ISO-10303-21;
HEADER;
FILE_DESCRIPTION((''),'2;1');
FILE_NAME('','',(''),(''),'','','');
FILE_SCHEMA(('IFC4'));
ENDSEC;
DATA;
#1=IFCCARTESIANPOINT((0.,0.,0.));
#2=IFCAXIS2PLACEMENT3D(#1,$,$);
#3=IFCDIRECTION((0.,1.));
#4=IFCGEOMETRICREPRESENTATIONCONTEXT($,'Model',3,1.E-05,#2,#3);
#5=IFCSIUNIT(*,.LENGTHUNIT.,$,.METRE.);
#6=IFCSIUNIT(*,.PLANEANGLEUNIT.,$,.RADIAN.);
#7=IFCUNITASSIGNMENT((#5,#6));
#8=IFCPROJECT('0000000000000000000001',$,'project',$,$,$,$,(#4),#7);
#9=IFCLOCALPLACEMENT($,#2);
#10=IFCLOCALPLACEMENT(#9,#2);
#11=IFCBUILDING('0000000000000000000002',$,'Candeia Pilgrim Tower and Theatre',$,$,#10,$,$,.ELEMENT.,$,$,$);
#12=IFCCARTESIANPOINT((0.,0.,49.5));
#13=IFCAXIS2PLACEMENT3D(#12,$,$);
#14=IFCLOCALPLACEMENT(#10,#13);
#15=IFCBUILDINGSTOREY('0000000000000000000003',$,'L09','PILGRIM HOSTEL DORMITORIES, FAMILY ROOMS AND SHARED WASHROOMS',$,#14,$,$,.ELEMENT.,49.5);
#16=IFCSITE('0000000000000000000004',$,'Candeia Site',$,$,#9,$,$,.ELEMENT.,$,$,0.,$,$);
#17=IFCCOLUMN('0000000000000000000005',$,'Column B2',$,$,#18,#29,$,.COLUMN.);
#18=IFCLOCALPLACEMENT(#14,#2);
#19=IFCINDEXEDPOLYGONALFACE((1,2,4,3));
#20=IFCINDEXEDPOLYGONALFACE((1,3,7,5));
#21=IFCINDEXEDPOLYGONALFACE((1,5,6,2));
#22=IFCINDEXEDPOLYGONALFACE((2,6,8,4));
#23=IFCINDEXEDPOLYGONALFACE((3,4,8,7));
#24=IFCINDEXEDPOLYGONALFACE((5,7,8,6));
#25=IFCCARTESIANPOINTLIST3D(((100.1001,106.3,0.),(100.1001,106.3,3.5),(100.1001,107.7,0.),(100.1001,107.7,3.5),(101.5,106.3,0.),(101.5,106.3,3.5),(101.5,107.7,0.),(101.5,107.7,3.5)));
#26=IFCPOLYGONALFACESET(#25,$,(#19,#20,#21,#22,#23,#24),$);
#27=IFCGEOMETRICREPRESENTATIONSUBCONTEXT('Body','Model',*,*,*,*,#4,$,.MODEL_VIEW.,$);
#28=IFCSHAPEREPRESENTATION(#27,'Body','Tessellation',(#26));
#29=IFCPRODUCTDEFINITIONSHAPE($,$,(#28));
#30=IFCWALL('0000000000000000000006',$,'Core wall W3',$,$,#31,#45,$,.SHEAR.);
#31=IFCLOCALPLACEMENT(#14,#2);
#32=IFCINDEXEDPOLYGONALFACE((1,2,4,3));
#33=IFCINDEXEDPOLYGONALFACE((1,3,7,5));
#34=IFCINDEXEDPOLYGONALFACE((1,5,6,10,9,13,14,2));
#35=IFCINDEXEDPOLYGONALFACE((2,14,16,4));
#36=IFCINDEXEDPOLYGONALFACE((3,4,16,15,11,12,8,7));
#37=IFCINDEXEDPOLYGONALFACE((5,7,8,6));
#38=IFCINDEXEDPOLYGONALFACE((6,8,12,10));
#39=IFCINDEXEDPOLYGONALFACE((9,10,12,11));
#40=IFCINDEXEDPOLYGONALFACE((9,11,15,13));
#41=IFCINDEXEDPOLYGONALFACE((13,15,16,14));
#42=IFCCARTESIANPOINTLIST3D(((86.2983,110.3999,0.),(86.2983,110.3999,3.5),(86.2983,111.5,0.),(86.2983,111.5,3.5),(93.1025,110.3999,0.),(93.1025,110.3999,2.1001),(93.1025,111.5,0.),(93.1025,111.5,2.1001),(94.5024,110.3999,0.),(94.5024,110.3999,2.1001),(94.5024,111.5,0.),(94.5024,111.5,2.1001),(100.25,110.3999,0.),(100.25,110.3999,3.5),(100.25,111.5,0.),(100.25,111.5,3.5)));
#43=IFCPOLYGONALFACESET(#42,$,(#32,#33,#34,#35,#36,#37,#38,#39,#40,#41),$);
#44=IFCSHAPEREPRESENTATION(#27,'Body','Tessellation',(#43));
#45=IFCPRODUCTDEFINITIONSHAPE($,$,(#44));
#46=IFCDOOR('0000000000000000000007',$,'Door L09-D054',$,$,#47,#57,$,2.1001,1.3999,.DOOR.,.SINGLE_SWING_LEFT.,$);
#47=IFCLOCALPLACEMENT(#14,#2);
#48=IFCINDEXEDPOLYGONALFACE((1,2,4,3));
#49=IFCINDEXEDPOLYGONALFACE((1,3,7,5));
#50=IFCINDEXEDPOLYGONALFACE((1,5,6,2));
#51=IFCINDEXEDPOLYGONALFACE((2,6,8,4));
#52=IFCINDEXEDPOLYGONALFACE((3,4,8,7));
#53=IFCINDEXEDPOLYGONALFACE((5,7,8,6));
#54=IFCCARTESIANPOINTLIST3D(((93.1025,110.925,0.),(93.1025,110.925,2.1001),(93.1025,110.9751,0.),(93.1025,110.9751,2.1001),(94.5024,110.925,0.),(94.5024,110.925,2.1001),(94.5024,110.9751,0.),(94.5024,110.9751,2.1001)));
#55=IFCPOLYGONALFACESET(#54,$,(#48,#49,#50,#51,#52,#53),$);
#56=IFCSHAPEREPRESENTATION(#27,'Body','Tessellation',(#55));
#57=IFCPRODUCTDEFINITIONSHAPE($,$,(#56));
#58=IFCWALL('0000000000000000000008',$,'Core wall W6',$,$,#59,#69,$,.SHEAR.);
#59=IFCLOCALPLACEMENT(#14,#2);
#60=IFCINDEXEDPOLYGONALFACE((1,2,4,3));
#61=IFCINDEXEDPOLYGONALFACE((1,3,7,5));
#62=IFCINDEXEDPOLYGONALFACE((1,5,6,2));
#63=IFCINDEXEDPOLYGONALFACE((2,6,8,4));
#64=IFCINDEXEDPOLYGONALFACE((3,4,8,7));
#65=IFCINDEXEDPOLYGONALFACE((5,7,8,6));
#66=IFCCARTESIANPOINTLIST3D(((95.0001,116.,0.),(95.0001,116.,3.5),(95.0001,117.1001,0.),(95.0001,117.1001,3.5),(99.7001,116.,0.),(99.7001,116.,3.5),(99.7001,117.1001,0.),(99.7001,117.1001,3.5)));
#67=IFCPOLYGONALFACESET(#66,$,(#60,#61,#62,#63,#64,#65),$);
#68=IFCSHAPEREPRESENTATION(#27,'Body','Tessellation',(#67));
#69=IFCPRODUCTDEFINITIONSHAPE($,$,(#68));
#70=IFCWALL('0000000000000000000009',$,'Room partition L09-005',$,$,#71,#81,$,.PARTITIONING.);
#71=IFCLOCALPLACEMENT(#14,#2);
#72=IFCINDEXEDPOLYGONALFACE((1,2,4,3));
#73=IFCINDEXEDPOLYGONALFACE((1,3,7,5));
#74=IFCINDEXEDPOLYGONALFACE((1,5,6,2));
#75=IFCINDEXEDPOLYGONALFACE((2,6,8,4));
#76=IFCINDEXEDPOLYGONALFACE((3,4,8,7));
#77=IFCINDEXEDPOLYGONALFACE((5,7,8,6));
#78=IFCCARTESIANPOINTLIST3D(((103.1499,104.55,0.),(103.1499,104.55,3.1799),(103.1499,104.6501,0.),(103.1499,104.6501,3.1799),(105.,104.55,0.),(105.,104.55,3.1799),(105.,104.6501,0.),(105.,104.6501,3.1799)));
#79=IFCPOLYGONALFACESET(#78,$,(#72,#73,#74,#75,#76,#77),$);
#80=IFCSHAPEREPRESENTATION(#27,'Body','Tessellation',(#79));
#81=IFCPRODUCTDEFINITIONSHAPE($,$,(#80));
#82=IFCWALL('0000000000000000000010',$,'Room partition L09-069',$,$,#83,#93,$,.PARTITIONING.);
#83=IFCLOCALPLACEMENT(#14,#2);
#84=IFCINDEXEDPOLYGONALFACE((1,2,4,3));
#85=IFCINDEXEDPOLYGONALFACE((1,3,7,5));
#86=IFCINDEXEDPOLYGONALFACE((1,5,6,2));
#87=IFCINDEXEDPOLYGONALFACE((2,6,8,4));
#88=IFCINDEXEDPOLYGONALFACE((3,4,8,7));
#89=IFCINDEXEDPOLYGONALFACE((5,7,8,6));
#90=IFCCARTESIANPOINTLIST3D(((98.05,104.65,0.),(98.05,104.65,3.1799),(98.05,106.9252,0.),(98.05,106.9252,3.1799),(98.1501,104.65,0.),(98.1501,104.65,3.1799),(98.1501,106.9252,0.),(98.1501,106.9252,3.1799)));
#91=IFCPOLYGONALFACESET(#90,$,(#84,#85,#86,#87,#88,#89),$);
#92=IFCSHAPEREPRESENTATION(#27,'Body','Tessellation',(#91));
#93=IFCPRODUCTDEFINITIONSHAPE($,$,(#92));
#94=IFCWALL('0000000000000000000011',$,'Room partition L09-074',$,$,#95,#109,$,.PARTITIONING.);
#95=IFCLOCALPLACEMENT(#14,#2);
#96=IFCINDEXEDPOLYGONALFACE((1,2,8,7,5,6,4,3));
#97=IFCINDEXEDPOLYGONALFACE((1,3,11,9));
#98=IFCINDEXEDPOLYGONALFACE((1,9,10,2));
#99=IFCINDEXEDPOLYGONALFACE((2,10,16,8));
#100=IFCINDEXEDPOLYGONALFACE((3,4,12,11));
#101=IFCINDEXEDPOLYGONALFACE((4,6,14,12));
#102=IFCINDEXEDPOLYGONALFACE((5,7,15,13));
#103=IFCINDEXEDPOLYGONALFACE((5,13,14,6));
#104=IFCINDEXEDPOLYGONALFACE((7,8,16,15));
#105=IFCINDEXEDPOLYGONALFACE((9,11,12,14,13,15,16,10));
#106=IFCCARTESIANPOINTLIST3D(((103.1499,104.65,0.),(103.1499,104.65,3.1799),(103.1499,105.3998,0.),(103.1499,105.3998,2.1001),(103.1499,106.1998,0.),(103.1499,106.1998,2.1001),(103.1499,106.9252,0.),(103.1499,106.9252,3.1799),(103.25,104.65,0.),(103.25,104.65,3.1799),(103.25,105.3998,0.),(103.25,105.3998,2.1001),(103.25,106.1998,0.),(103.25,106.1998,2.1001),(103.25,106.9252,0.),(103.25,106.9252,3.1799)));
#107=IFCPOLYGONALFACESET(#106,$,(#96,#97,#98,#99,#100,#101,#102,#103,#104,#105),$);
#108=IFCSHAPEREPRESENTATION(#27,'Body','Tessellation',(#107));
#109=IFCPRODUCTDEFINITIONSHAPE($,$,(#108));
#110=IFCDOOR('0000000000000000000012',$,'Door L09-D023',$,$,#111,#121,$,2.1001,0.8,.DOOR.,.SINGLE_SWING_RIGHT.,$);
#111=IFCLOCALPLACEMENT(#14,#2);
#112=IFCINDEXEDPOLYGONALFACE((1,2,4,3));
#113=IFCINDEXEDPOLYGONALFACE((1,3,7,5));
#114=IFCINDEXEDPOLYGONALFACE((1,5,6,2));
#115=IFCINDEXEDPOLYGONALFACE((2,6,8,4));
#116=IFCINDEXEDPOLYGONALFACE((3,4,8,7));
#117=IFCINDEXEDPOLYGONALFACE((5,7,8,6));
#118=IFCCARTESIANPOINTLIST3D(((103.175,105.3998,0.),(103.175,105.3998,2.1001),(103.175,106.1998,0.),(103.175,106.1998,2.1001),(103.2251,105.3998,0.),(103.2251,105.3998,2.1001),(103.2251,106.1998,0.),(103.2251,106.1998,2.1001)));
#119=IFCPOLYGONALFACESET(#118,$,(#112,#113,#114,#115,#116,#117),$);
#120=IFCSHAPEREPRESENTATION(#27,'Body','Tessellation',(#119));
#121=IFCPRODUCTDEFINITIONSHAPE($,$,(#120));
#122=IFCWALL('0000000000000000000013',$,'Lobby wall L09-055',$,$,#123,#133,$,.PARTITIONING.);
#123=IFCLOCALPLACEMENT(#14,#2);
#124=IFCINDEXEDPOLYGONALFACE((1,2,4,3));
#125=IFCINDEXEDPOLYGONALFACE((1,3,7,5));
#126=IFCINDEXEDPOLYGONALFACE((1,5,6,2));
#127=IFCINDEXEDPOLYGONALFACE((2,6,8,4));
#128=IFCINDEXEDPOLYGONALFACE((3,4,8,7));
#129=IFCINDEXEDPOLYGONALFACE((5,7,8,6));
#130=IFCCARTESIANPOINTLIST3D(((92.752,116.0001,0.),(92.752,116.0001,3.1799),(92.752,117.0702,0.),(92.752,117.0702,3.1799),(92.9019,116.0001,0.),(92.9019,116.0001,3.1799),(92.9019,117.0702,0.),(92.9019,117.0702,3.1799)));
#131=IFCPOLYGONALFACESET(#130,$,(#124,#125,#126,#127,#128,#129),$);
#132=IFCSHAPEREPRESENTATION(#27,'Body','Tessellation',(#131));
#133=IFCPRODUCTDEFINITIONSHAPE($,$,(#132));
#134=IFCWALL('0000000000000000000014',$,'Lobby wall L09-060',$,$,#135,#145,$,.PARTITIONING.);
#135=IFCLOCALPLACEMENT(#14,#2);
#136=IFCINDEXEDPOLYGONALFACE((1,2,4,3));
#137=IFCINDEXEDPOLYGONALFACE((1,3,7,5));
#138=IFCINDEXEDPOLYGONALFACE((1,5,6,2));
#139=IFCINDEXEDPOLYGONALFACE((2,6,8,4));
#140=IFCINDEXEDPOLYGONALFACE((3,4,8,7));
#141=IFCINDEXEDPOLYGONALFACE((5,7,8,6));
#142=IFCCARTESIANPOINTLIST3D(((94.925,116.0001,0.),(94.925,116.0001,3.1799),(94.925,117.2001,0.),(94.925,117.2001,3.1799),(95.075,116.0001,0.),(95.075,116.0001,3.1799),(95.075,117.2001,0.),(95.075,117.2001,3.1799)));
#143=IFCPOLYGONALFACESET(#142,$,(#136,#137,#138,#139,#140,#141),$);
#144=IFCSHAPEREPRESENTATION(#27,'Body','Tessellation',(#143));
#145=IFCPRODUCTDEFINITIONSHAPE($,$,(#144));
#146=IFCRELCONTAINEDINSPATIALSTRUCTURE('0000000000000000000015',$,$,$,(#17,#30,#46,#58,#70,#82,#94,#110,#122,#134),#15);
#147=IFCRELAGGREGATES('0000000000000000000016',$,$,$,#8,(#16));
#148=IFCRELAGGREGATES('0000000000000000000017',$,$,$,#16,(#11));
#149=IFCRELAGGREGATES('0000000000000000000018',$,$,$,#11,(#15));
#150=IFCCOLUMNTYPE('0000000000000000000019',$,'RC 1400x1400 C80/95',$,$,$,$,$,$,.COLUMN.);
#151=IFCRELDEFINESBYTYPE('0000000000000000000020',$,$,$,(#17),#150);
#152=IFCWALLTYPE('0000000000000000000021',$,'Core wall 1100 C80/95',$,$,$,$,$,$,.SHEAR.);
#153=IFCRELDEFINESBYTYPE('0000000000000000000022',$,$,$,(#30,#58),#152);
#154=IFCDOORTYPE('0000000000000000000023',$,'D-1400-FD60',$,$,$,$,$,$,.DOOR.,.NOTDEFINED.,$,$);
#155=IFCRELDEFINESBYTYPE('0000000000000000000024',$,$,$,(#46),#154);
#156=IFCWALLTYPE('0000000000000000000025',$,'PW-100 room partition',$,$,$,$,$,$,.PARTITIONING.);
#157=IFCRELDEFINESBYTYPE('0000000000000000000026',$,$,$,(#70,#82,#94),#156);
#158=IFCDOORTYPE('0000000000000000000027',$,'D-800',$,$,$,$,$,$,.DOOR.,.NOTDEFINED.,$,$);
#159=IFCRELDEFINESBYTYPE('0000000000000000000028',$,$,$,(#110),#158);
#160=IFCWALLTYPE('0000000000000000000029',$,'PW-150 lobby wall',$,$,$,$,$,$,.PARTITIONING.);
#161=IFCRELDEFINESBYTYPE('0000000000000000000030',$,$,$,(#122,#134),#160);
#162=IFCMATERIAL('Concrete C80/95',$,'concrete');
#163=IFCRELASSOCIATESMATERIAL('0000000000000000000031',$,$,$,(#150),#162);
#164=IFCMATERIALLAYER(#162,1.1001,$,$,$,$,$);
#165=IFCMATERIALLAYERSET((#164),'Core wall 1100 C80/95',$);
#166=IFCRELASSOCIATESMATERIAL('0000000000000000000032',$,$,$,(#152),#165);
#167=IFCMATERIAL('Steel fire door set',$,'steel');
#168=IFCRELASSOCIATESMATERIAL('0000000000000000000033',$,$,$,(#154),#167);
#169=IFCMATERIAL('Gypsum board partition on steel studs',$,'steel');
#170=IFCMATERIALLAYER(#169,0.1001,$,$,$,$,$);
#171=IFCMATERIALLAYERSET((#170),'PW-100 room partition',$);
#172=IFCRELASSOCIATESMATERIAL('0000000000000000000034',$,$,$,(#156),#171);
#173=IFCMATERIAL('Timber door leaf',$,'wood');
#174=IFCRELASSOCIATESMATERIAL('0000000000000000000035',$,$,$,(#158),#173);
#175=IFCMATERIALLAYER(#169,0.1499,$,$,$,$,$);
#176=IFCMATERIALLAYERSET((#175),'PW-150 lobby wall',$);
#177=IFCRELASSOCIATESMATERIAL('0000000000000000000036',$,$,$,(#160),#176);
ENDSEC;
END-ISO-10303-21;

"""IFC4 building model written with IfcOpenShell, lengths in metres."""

from ifc_helpers import new_model, si_unit, direction, frame, frame_2d, origin, origin_2d, place, context, subcontext, project, spatial, rectangle, extrude, material, layer, layer_set, material_profile, profile_set, type_object, element, fill, save


model = new_model("IFC4")

# Units and contexts
model_context = context("Model", 3, precision=1e-05, world=origin(), true_north=direction((0.0, 1.0)))
body_context = subcontext(model_context, "Body", "Model", "MODEL_VIEW")
ifc_project = project(units=[si_unit("LENGTHUNIT", "METRE"), si_unit("PLANEANGLEUNIT", "RADIAN")], contexts=[model_context])

# Site, building, storey
site_placement = place(None, origin())
site = spatial("IfcSite", under=ifc_project, at=site_placement, Name="Candeia Site", CompositionType="ELEMENT", RefElevation=0.0)
building_placement = place(site_placement, origin())
building = spatial("IfcBuilding", under=site, at=building_placement, Name="Candeia Pilgrim Tower and Theatre", CompositionType="ELEMENT")
storey_placement = place(building_placement, frame((0.0, 0.0, 49.5)))
storey = spatial("IfcBuildingStorey", under=building, at=storey_placement, Name="L09", Description="PILGRIM HOSTEL DORMITORIES, FAMILY ROOMS AND SHARED WASHROOMS", CompositionType="ELEMENT", Elevation=49.5)

# Column
ifc_material_1 = material(Name="Concrete C80/95", Category="concrete")
ifc_material_profile = material_profile(ifc_material_1, rectangle(XDim=1.3999, YDim=1.3999, at=origin_2d()))
ifc_profile_set = profile_set([ifc_material_profile], Name="Concrete C80/95")
column_type = type_object("IfcColumnType", Name="RC 1400x1400 C80/95", PredefinedType="COLUMN", material=ifc_profile_set)
column_placement = place(storey_placement, frame((100.8, 107.0, 0.0), z_axis=(0.0, 0.0, 1.0), x_axis=(1.0, 0.0, 0.0)))
element("IfcColumn", 1, at=column_placement, inside=storey, type_object=column_type, Name="Column B2", PredefinedType="COLUMN", context=body_context, shape_type="SweptSolid", body=[
    extrude(rectangle(XDim=1.3999, YDim=1.3999, at=origin_2d()), origin(), (0.0, 0.0, 1.0), 3.5),
])

# Wall, opening, door
ifc_layer_1 = layer(ifc_material_1, 1.1001)
ifc_layer_set_1 = layer_set([ifc_layer_1], Name="Core wall 1100 C80/95")
wall_type_1 = type_object("IfcWallType", Name="Core wall 1100 C80/95", PredefinedType="SHEAR", material=ifc_layer_set_1)
wall_1_placement = place(storey_placement, frame((100.25, 110.95, 0.0), z_axis=(0.0, 0.0, 1.0), x_axis=(-1.0, 0.0, 0.0)))
wall_1 = element("IfcWall", 2, at=wall_1_placement, inside=storey, type_object=wall_type_1, Name="Core wall W3", PredefinedType="SHEAR", context=body_context, shape_type="SweptSolid", body=[
    extrude(rectangle(XDim=13.9517, YDim=1.1001, at=frame_2d((6.9758, 0.0))), origin(), (0.0, 0.0, 1.0), 3.5),
])
opening_1_placement = place(wall_1_placement, frame((5.7476, 0.0, 0.0)))
opening_1 = element("IfcOpeningElement", 3, at=opening_1_placement, cuts=wall_1, PredefinedType="OPENING", context=body_context, shape_type="SweptSolid", body=[
    extrude(rectangle(XDim=1.3999, YDim=2.1001, at=frame_2d((0.7, 1.05))), frame((0.0, 0.5601, 0.0), z_axis=(0.0, -1.0, 0.0), x_axis=(1.0, 0.0, 0.0)), (0.0, 0.0, 1.0), 1.1201),
])
ifc_material_2 = material(Name="Steel fire door set", Category="steel")
door_type_1 = type_object("IfcDoorType", Name="D-1400-FD60", OperationType="NOTDEFINED", PredefinedType="DOOR", material=ifc_material_2)
door_1_placement = place(opening_1_placement, origin())
door_1 = element("IfcDoor", 4, at=door_1_placement, inside=storey, type_object=door_type_1, Name="Door L09-D054", OperationType="SINGLE_SWING_LEFT", OverallHeight=2.1001, OverallWidth=1.3999, PredefinedType="DOOR", context=body_context, shape_type="SweptSolid", body=[
    extrude(rectangle(XDim=1.3999, YDim=2.1001, at=frame_2d((0.7, 1.05))), frame((0.0, 0.0249, 0.0), z_axis=(0.0, -1.0, 0.0), x_axis=(1.0, 0.0, 0.0)), (0.0, 0.0, 1.0), 0.05),
])
fill(opening_1, door_1)

# Walls
wall_2_placement = place(storey_placement, frame((95.0, 116.55, 0.0), z_axis=(0.0, 0.0, 1.0), x_axis=(1.0, 0.0, 0.0)))
element("IfcWall", 5, at=wall_2_placement, inside=storey, type_object=wall_type_1, Name="Core wall W6", PredefinedType="SHEAR", context=body_context, shape_type="SweptSolid", body=[
    extrude(rectangle(XDim=4.7, YDim=1.1001, at=frame_2d((2.3501, 0.0))), origin(), (0.0, 0.0, 1.0), 3.5),
])
ifc_material_3 = material(Name="Gypsum board partition on steel studs", Category="steel")
ifc_layer_2 = layer(ifc_material_3, 0.1001)
ifc_layer_set_2 = layer_set([ifc_layer_2], Name="PW-100 room partition")
wall_type_2 = type_object("IfcWallType", Name="PW-100 room partition", PredefinedType="PARTITIONING", material=ifc_layer_set_2)
wall_3_placement = place(storey_placement, frame((103.1499, 104.6001, 0.0), z_axis=(0.0, 0.0, 1.0), x_axis=(1.0, 0.0, 0.0)))
element("IfcWall", 6, at=wall_3_placement, inside=storey, type_object=wall_type_2, Name="Room partition L09-005", PredefinedType="PARTITIONING", context=body_context, shape_type="SweptSolid", body=[
    extrude(rectangle(XDim=1.8501, YDim=0.1001, at=frame_2d((0.925, 0.0))), origin(), (0.0, 0.0, 1.0), 3.1799),
])
wall_4_placement = place(storey_placement, frame((98.1001, 104.6499, 0.0), z_axis=(0.0, 0.0, 1.0), x_axis=(0.0, 1.0, 0.0)))
element("IfcWall", 7, at=wall_4_placement, inside=storey, type_object=wall_type_2, Name="Room partition L09-069", PredefinedType="PARTITIONING", context=body_context, shape_type="SweptSolid", body=[
    extrude(rectangle(XDim=2.2751, YDim=0.1001, at=frame_2d((1.1377, 0.0))), origin(), (0.0, 0.0, 1.0), 3.1799),
])

# Wall, opening, door
wall_5_placement = place(storey_placement, frame((103.2, 104.6499, 0.0), z_axis=(0.0, 0.0, 1.0), x_axis=(0.0, 1.0, 0.0)))
wall_5 = element("IfcWall", 8, at=wall_5_placement, inside=storey, type_object=wall_type_2, Name="Room partition L09-074", PredefinedType="PARTITIONING", context=body_context, shape_type="SweptSolid", body=[
    extrude(rectangle(XDim=2.2751, YDim=0.1001, at=frame_2d((1.1377, 0.0))), origin(), (0.0, 0.0, 1.0), 3.1799),
])
opening_2_placement = place(wall_5_placement, frame((0.75, 0.0, 0.0)))
opening_2 = element("IfcOpeningElement", 9, at=opening_2_placement, cuts=wall_5, PredefinedType="OPENING", context=body_context, shape_type="SweptSolid", body=[
    extrude(rectangle(XDim=0.8, YDim=2.1001, at=frame_2d((0.3999, 1.05))), frame((0.0, 0.0601, 0.0), z_axis=(0.0, -1.0, 0.0), x_axis=(1.0, 0.0, 0.0)), (0.0, 0.0, 1.0), 0.1201),
])
ifc_material_4 = material(Name="Timber door leaf", Category="wood")
door_type_2 = type_object("IfcDoorType", Name="D-800", OperationType="NOTDEFINED", PredefinedType="DOOR", material=ifc_material_4)
door_2_placement = place(opening_2_placement, origin())
door_2 = element("IfcDoor", 10, at=door_2_placement, inside=storey, type_object=door_type_2, Name="Door L09-D023", OperationType="SINGLE_SWING_RIGHT", OverallHeight=2.1001, OverallWidth=0.8, PredefinedType="DOOR", context=body_context, shape_type="SweptSolid", body=[
    extrude(rectangle(XDim=0.8, YDim=2.1001, at=frame_2d((0.3999, 1.05))), frame((0.0, 0.0249, 0.0), z_axis=(0.0, -1.0, 0.0), x_axis=(1.0, 0.0, 0.0)), (0.0, 0.0, 1.0), 0.05),
])
fill(opening_2, door_2)

# Walls
ifc_layer_3 = layer(ifc_material_3, 0.1499)
ifc_layer_set_3 = layer_set([ifc_layer_3], Name="PW-150 lobby wall")
wall_type_3 = type_object("IfcWallType", Name="PW-150 lobby wall", PredefinedType="PARTITIONING", material=ifc_layer_set_3)
wall_6_placement = place(storey_placement, frame((92.8269, 116.0, 0.0), z_axis=(0.0, 0.0, 1.0), x_axis=(0.0, 1.0, 0.0)))
element("IfcWall", 11, at=wall_6_placement, inside=storey, type_object=wall_type_3, Name="Lobby wall L09-055", PredefinedType="PARTITIONING", context=body_context, shape_type="SweptSolid", body=[
    extrude(rectangle(XDim=1.0701, YDim=0.1499, at=frame_2d((0.5352, 0.0))), origin(), (0.0, 0.0, 1.0), 3.1799),
])
wall_7_placement = place(storey_placement, frame((95.0, 116.0, 0.0), z_axis=(0.0, 0.0, 1.0), x_axis=(0.0, 1.0, 0.0)))
element("IfcWall", 12, at=wall_7_placement, inside=storey, type_object=wall_type_3, Name="Lobby wall L09-060", PredefinedType="PARTITIONING", context=body_context, shape_type="SweptSolid", body=[
    extrude(rectangle(XDim=1.2, YDim=0.1499, at=frame_2d((0.6001, 0.0))), origin(), (0.0, 0.0, 1.0), 3.1799),
])

save(model, "model.ifc")
